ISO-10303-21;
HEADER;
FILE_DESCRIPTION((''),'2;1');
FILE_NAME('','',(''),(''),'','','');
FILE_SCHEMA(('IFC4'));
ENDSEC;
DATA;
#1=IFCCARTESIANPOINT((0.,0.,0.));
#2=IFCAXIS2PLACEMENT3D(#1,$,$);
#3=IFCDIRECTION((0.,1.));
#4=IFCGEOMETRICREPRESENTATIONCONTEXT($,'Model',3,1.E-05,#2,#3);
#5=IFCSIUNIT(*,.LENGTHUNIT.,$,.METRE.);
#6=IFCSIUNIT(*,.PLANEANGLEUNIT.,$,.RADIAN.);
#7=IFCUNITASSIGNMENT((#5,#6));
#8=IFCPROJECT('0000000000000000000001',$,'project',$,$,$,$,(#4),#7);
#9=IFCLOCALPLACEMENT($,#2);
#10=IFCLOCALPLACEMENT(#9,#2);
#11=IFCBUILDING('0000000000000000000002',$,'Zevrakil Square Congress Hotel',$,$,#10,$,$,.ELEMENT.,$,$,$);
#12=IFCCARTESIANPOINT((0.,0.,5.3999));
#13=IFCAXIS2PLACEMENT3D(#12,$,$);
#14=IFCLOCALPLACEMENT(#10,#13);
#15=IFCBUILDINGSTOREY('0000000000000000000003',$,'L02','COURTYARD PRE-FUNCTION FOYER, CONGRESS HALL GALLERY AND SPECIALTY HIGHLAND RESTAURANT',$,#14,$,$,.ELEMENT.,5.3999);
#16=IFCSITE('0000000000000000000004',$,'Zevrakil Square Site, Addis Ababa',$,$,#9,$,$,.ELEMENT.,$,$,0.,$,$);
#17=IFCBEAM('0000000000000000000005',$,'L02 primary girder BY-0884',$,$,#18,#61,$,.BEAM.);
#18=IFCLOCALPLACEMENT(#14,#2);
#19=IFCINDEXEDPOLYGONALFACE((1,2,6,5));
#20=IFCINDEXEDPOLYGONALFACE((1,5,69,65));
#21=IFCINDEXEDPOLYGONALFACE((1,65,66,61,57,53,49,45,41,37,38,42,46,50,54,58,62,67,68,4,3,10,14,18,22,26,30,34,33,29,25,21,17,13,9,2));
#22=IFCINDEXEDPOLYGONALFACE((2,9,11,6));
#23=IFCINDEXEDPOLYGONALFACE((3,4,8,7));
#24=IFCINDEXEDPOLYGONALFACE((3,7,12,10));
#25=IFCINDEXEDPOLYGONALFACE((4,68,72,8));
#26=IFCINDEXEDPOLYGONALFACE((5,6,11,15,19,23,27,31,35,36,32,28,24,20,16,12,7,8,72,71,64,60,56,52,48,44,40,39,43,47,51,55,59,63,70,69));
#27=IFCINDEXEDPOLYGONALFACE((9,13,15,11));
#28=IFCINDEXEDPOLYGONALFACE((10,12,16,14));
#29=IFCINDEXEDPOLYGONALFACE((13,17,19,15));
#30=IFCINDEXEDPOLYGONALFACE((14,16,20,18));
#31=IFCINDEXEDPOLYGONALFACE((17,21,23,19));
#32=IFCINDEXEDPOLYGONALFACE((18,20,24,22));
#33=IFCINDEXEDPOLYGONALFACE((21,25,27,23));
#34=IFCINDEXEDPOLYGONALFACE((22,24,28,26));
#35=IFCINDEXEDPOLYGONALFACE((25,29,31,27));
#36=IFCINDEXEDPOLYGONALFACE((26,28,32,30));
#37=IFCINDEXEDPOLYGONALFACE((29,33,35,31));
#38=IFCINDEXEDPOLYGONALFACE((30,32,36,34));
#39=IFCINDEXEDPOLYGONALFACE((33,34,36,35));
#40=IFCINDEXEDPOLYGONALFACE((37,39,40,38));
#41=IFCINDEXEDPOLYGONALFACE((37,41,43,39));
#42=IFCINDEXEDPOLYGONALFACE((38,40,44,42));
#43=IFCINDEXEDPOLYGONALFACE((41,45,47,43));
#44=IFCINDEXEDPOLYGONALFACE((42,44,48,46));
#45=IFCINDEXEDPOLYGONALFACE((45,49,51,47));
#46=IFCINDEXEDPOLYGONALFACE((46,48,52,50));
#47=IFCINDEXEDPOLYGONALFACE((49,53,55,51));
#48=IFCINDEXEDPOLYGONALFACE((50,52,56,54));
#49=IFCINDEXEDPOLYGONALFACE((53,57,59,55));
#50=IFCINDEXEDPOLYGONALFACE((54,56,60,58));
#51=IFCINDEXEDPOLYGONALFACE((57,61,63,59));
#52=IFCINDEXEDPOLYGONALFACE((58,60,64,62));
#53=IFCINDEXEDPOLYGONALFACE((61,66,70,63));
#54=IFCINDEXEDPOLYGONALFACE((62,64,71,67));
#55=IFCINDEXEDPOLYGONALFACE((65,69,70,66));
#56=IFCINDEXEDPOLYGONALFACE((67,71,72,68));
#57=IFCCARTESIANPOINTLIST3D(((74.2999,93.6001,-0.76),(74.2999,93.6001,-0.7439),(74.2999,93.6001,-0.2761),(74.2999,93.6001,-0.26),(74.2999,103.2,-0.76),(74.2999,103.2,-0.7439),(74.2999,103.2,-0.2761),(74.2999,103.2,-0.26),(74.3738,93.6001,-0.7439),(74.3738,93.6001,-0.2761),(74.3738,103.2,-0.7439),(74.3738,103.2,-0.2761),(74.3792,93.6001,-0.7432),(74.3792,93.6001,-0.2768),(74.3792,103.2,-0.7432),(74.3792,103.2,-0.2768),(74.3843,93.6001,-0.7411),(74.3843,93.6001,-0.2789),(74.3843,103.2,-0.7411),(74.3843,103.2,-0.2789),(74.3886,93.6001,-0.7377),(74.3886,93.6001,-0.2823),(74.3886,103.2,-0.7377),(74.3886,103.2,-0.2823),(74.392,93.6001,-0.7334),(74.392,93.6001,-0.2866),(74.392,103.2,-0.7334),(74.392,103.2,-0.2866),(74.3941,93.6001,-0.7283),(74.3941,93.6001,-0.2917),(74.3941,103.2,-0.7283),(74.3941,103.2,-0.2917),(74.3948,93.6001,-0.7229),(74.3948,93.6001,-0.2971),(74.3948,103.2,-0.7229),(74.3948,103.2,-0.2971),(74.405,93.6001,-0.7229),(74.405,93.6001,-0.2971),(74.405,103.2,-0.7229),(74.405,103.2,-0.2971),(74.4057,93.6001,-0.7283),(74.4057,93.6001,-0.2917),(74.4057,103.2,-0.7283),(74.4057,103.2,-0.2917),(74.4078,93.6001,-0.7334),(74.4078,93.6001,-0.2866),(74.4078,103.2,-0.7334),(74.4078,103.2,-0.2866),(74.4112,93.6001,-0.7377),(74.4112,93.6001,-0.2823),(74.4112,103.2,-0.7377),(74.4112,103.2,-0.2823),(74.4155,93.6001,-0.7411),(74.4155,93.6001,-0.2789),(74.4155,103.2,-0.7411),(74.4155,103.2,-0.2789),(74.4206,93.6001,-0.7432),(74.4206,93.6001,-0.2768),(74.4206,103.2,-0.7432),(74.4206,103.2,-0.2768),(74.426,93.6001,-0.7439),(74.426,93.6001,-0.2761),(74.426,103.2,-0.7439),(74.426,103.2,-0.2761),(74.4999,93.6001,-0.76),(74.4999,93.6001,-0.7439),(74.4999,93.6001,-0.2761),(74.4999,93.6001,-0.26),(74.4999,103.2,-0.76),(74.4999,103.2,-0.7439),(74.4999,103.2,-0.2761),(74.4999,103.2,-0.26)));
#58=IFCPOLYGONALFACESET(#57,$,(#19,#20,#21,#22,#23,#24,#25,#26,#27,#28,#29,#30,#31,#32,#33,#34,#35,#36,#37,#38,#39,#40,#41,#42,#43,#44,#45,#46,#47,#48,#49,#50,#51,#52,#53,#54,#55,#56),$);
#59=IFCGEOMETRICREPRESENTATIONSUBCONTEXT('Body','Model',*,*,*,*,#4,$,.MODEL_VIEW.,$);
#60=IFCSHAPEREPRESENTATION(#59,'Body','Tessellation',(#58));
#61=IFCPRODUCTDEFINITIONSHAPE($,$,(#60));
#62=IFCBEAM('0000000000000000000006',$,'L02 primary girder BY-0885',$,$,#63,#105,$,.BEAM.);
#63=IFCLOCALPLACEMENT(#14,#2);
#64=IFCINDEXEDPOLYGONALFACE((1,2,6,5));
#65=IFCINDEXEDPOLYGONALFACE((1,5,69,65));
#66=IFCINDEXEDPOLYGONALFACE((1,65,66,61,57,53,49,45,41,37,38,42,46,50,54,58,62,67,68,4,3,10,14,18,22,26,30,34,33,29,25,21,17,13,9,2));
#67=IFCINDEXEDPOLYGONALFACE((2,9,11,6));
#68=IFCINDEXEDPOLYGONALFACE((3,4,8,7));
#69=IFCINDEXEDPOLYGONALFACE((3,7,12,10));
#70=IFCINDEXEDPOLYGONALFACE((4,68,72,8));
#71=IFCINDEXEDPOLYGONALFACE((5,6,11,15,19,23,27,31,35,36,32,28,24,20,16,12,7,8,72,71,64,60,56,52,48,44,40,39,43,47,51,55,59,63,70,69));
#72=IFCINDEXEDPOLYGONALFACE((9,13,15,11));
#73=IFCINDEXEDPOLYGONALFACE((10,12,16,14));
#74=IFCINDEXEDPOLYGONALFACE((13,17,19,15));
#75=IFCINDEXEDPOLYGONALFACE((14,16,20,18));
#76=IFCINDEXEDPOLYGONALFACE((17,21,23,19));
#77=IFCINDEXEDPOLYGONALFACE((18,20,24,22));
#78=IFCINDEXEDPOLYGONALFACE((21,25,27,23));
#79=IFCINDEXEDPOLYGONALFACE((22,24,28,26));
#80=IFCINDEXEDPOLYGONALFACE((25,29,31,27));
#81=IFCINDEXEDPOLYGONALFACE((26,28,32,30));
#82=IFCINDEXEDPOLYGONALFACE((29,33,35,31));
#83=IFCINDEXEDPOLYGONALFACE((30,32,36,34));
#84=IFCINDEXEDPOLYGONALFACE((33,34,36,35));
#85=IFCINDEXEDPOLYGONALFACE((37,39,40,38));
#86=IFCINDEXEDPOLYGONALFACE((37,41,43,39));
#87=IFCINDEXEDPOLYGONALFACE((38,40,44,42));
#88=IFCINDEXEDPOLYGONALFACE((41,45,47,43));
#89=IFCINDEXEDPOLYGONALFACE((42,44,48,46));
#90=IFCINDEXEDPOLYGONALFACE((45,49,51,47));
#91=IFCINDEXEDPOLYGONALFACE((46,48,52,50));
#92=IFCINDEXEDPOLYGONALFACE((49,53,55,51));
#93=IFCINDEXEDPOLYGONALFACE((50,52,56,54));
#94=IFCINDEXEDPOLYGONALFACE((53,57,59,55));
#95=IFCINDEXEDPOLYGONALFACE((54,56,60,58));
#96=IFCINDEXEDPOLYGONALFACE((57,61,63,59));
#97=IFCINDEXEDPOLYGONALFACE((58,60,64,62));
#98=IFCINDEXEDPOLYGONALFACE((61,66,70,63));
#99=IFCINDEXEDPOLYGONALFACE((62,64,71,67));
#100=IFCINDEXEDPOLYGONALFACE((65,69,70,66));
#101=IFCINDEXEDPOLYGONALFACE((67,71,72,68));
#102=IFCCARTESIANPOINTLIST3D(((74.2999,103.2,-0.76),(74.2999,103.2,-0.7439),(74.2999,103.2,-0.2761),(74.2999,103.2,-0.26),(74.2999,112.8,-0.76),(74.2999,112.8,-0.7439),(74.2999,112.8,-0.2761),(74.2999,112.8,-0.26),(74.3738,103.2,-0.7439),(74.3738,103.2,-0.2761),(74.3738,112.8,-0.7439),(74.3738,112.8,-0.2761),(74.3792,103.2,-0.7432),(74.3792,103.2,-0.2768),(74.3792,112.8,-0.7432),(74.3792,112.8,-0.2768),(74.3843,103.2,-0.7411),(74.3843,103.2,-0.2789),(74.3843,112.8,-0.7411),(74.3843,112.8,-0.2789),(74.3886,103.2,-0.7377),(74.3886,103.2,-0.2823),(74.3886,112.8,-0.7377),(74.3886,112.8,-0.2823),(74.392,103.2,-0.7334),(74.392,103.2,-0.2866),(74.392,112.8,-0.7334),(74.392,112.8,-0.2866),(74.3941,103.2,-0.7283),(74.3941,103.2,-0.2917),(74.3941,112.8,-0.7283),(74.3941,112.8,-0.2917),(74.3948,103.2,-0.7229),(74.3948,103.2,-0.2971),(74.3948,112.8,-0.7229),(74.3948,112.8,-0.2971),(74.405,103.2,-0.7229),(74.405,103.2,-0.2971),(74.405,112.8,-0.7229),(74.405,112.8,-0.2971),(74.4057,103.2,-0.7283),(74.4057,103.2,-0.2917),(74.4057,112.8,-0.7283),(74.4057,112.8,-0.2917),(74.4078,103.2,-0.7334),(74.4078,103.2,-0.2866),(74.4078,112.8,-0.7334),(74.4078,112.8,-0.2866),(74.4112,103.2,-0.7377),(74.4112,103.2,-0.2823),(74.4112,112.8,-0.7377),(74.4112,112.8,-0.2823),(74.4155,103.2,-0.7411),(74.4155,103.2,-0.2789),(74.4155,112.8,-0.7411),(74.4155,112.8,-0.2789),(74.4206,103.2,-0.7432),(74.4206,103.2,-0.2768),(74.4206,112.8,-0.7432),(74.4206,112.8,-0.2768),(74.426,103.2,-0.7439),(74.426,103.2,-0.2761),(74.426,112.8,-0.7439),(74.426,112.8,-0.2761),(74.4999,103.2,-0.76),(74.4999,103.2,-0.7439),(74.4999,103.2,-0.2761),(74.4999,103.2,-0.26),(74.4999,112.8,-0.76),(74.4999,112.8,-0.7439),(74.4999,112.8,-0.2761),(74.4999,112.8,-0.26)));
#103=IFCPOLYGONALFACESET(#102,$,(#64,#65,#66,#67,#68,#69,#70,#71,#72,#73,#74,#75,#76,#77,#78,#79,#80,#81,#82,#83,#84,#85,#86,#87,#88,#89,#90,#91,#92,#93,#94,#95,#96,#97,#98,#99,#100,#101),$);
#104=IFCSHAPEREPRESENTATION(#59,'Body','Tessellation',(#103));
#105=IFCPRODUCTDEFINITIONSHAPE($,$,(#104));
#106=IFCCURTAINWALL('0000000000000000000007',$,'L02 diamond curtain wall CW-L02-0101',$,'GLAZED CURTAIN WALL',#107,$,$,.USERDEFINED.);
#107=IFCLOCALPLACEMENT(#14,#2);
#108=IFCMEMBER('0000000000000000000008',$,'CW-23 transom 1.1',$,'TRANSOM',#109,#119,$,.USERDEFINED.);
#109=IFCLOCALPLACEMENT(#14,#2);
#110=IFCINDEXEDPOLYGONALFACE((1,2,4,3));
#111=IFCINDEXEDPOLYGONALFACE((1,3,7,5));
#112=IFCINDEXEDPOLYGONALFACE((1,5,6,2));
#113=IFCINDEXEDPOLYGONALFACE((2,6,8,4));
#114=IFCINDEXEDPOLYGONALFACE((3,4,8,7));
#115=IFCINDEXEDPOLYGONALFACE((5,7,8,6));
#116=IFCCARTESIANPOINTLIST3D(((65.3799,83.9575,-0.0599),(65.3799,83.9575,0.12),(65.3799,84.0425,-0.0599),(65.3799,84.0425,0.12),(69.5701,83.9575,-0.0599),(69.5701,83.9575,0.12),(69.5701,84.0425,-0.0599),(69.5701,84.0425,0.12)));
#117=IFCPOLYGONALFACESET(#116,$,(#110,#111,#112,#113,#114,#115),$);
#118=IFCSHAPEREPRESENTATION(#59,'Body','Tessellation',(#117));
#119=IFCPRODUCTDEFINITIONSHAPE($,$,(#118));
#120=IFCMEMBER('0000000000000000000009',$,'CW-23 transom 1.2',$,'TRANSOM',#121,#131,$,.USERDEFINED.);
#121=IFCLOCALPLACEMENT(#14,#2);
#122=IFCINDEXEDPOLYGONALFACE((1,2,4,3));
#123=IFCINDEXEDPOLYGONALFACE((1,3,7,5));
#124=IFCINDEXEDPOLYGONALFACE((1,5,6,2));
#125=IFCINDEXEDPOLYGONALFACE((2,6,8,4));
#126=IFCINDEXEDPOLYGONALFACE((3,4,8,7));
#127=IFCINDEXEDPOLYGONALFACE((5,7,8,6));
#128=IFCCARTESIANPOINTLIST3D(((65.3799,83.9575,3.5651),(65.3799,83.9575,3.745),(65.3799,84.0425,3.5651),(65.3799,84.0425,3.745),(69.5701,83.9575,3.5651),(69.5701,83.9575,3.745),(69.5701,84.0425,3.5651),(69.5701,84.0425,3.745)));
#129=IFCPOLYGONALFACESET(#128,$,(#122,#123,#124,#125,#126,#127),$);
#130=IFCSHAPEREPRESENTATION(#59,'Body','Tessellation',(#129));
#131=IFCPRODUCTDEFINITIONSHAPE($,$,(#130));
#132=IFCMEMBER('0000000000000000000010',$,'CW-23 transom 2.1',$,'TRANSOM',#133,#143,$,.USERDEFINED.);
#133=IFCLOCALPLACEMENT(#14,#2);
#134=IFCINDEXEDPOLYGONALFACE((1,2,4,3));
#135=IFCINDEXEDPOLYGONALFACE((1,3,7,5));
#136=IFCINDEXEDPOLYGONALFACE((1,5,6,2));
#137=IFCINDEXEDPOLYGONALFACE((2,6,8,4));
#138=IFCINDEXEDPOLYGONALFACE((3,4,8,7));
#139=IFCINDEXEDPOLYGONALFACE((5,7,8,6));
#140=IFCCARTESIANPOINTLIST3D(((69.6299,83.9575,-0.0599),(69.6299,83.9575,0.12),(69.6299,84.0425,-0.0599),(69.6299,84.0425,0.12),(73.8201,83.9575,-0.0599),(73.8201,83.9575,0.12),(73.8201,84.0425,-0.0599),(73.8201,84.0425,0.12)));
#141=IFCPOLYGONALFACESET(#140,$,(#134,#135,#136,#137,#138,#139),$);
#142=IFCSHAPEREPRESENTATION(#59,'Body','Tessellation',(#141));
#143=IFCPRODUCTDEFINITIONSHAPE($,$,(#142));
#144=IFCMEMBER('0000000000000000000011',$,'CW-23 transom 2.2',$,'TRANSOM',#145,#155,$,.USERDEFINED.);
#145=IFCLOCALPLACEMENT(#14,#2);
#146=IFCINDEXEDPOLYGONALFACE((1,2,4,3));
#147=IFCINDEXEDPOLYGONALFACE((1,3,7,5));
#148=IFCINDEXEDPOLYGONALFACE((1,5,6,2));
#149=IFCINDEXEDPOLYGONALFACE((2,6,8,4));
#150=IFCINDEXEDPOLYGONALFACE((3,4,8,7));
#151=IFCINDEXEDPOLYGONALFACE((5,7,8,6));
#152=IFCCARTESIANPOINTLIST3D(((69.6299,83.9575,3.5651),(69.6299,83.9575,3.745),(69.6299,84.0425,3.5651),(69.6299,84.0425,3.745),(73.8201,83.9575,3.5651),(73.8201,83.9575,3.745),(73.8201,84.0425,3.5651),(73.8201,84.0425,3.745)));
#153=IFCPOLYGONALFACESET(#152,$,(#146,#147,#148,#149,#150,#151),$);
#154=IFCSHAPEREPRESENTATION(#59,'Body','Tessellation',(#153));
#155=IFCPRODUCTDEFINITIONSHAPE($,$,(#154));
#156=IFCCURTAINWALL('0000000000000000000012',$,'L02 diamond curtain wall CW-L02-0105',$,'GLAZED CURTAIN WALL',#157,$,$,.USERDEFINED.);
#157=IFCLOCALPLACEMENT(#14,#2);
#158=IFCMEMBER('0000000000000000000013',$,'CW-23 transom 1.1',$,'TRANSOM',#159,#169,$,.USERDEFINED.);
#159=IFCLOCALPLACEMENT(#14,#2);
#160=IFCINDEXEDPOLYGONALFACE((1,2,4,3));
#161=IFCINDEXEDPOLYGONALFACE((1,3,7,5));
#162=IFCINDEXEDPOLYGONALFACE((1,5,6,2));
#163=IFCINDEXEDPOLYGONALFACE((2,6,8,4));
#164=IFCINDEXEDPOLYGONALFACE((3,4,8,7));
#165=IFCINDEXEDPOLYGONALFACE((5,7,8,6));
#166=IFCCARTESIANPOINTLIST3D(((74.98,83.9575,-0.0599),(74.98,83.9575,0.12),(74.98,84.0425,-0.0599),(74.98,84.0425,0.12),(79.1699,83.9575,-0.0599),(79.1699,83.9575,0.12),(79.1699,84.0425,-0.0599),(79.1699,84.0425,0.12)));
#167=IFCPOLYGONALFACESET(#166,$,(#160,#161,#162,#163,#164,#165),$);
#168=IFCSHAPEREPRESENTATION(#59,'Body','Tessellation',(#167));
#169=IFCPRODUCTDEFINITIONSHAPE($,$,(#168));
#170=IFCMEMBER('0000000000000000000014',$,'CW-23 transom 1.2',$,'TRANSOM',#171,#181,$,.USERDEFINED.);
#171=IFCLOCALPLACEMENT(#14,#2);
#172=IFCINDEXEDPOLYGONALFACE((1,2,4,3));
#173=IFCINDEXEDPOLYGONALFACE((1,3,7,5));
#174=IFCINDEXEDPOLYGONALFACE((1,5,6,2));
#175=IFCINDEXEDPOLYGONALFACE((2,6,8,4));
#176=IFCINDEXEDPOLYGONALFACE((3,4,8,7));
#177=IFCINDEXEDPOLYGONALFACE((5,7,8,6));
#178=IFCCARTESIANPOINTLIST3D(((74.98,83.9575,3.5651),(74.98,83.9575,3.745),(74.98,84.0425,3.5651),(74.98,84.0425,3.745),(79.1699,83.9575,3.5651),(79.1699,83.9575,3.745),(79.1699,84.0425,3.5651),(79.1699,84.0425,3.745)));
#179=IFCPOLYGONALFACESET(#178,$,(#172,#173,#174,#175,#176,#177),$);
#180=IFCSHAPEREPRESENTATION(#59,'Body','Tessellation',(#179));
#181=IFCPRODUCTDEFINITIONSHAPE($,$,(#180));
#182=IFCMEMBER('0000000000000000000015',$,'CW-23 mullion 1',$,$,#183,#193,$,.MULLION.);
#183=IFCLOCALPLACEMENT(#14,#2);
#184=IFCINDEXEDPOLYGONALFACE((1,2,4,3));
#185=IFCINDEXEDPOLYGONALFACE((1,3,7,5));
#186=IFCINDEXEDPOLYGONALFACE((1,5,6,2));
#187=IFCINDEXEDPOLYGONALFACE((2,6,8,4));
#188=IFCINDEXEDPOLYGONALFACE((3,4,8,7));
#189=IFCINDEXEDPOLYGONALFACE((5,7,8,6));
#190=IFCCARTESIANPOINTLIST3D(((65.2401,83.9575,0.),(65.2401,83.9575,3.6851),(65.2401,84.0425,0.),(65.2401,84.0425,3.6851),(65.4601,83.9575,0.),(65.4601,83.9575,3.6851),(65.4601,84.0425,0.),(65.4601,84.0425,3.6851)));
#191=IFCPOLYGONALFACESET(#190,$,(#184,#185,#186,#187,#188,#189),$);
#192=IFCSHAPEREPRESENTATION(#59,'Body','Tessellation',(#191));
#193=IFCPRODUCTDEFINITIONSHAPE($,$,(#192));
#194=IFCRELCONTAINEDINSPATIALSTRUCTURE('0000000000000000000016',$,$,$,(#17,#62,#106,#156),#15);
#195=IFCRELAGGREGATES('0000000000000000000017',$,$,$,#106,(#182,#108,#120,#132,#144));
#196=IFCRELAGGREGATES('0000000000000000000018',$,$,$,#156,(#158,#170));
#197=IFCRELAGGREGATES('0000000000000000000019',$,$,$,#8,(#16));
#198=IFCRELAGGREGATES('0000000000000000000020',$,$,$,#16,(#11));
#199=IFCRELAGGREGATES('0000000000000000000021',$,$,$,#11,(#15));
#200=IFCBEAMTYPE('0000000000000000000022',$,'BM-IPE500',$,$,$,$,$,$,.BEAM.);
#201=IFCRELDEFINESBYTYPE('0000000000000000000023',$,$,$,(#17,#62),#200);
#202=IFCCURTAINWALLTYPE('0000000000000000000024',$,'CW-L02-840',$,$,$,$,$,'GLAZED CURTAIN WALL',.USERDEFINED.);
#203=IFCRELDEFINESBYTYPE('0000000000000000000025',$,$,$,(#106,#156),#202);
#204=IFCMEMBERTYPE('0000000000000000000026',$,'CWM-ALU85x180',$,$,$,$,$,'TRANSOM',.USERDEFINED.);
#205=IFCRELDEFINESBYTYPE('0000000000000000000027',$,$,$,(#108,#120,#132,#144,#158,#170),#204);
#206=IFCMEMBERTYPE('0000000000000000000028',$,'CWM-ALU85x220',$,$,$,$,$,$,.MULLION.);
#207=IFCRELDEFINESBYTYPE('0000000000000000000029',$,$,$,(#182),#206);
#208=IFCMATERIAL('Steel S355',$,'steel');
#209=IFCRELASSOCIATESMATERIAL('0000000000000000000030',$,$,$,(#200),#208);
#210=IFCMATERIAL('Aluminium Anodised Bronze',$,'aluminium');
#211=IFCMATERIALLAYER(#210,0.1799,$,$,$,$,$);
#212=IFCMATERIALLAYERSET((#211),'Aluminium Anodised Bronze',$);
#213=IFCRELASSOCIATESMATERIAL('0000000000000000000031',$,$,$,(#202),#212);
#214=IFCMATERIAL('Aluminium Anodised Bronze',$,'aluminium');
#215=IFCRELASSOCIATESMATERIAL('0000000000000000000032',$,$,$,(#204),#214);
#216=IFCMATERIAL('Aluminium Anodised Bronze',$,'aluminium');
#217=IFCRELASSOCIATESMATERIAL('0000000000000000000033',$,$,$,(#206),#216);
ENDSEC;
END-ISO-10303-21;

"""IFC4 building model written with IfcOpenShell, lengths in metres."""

from ifc_helpers import new_model, si_unit, direction, frame, origin, origin_2d, place, context, subcontext, project, spatial, rectangle, i_section, extrude, material, layer, layer_set, material_profile, profile_set, type_object, element, aggregate, save


model = new_model("IFC4")

# Units and contexts
model_context = context("Model", 3, precision=1e-05, world=origin(), true_north=direction((0.0, 1.0)))
body_context = subcontext(model_context, "Body", "Model", "MODEL_VIEW")
ifc_project = project(units=[si_unit("LENGTHUNIT", "METRE"), si_unit("PLANEANGLEUNIT", "RADIAN")], contexts=[model_context])

# Site, building, storey
site_placement = place(None, origin())
site = spatial("IfcSite", under=ifc_project, at=site_placement, Name="Zevrakil Square Site, Addis Ababa", CompositionType="ELEMENT", RefElevation=0.0)
building_placement = place(site_placement, origin())
building = spatial("IfcBuilding", under=site, at=building_placement, Name="Zevrakil Square Congress Hotel", CompositionType="ELEMENT")
storey_placement = place(building_placement, frame((0.0, 0.0, 5.3999)))
storey = spatial("IfcBuildingStorey", under=building, at=storey_placement, Name="L02", Description="COURTYARD PRE-FUNCTION FOYER, CONGRESS HALL GALLERY AND SPECIALTY HIGHLAND RESTAURANT", CompositionType="ELEMENT", Elevation=5.3999)

# Beams
ifc_material_1 = material(Name="Steel S355", Category="steel")
ifc_material_profile_1 = material_profile(ifc_material_1, i_section(OverallWidth=0.2, OverallDepth=0.5, WebThickness=0.0103, FlangeThickness=0.0161, FilletRadius=0.021, at=origin_2d()), Name="IPE 500")
ifc_profile_set_1 = profile_set([ifc_material_profile_1], Name="Steel S355")
beam_type_1 = type_object("IfcBeamType", Name="BM-IPE500", PredefinedType="BEAM", material=ifc_profile_set_1)
beam_1_placement = place(storey_placement, frame((74.3999, 93.6001, -0.51), z_axis=(0.0, 1.0, 0.0), x_axis=(-1.0, 0.0, 0.0)))
element("IfcBeam", 1, at=beam_1_placement, inside=storey, type_object=beam_type_1, Name="L02 primary girder BY-0884", PredefinedType="BEAM", context=body_context, shape_type="SweptSolid", body=[
    extrude(i_section(OverallWidth=0.2, OverallDepth=0.5, WebThickness=0.0103, FlangeThickness=0.0161, FilletRadius=0.021, at=origin_2d()), origin(), (0.0, 0.0, 1.0), 9.5999),
])
beam_2_placement = place(storey_placement, frame((74.3999, 103.2, -0.51), z_axis=(0.0, 1.0, 0.0), x_axis=(-1.0, 0.0, 0.0)))
element("IfcBeam", 2, at=beam_2_placement, inside=storey, type_object=beam_type_1, Name="L02 primary girder BY-0885", PredefinedType="BEAM", context=body_context, shape_type="SweptSolid", body=[
    extrude(i_section(OverallWidth=0.2, OverallDepth=0.5, WebThickness=0.0103, FlangeThickness=0.0161, FilletRadius=0.021, at=origin_2d()), origin(), (0.0, 0.0, 1.0), 9.6001),
])

# Curtain walls, members
ifc_material_2 = material(Name="Aluminium Anodised Bronze", Category="aluminium")
ifc_layer_1 = layer(ifc_material_2, 0.1799)
ifc_layer_set_1 = layer_set([ifc_layer_1], Name="Aluminium Anodised Bronze")
curtain_wall_type = type_object("IfcCurtainWallType", Name="CW-L02-840", ElementType="GLAZED CURTAIN WALL", PredefinedType="USERDEFINED", material=ifc_layer_set_1)
curtain_wall_1_placement = place(storey_placement, origin())
curtain_wall_1 = element("IfcCurtainWall", 3, at=curtain_wall_1_placement, inside=storey, type_object=curtain_wall_type, Name="L02 diamond curtain wall CW-L02-0101", ObjectType="GLAZED CURTAIN WALL", PredefinedType="USERDEFINED")
ifc_material_3 = material(Name="Aluminium Anodised Bronze", Category="aluminium")
ifc_material_profile_2 = material_profile(ifc_material_3, rectangle(XDim=0.085, YDim=0.1799, at=origin_2d()), Name="ALU 85x180")
ifc_profile_set_2 = profile_set([ifc_material_profile_2], Name="Aluminium Anodised Bronze")
member_type_1 = type_object("IfcMemberType", Name="CWM-ALU85x180", ElementType="TRANSOM", PredefinedType="USERDEFINED", material=ifc_profile_set_2)
member_1_placement = place(storey_placement, frame((65.3799, 84.0, 0.03), z_axis=(1.0, 0.0, 0.0), x_axis=(0.0, 1.0, 0.0)))
member_1 = element("IfcMember", 4, at=member_1_placement, type_object=member_type_1, Name="CW-23 transom 1.1", ObjectType="TRANSOM", PredefinedType="USERDEFINED", context=body_context, shape_type="SweptSolid", body=[
    extrude(rectangle(XDim=0.085, YDim=0.1799, at=origin_2d()), origin(), (0.0, 0.0, 1.0), 4.1902),
])
member_2_placement = place(storey_placement, frame((65.3799, 84.0, 3.655), z_axis=(1.0, 0.0, 0.0), x_axis=(0.0, 1.0, 0.0)))
member_2 = element("IfcMember", 5, at=member_2_placement, type_object=member_type_1, Name="CW-23 transom 1.2", ObjectType="TRANSOM", PredefinedType="USERDEFINED", context=body_context, shape_type="SweptSolid", body=[
    extrude(rectangle(XDim=0.085, YDim=0.1799, at=origin_2d()), origin(), (0.0, 0.0, 1.0), 4.1902),
])
member_3_placement = place(storey_placement, frame((69.6299, 84.0, 0.03), z_axis=(1.0, 0.0, 0.0), x_axis=(0.0, 1.0, 0.0)))
member_3 = element("IfcMember", 6, at=member_3_placement, type_object=member_type_1, Name="CW-23 transom 2.1", ObjectType="TRANSOM", PredefinedType="USERDEFINED", context=body_context, shape_type="SweptSolid", body=[
    extrude(rectangle(XDim=0.085, YDim=0.1799, at=origin_2d()), origin(), (0.0, 0.0, 1.0), 4.1902),
])
member_4_placement = place(storey_placement, frame((69.6299, 84.0, 3.655), z_axis=(1.0, 0.0, 0.0), x_axis=(0.0, 1.0, 0.0)))
member_4 = element("IfcMember", 7, at=member_4_placement, type_object=member_type_1, Name="CW-23 transom 2.2", ObjectType="TRANSOM", PredefinedType="USERDEFINED", context=body_context, shape_type="SweptSolid", body=[
    extrude(rectangle(XDim=0.085, YDim=0.1799, at=origin_2d()), origin(), (0.0, 0.0, 1.0), 4.1902),
])
curtain_wall_2_placement = place(storey_placement, origin())
curtain_wall_2 = element("IfcCurtainWall", 8, at=curtain_wall_2_placement, inside=storey, type_object=curtain_wall_type, Name="L02 diamond curtain wall CW-L02-0105", ObjectType="GLAZED CURTAIN WALL", PredefinedType="USERDEFINED")
member_5_placement = place(storey_placement, frame((74.98, 84.0, 0.03), z_axis=(1.0, 0.0, 0.0), x_axis=(0.0, 1.0, 0.0)))
member_5 = element("IfcMember", 9, at=member_5_placement, type_object=member_type_1, Name="CW-23 transom 1.1", ObjectType="TRANSOM", PredefinedType="USERDEFINED", context=body_context, shape_type="SweptSolid", body=[
    extrude(rectangle(XDim=0.085, YDim=0.1799, at=origin_2d()), origin(), (0.0, 0.0, 1.0), 4.1899),
])
member_6_placement = place(storey_placement, frame((74.98, 84.0, 3.655), z_axis=(1.0, 0.0, 0.0), x_axis=(0.0, 1.0, 0.0)))
member_6 = element("IfcMember", 10, at=member_6_placement, type_object=member_type_1, Name="CW-23 transom 1.2", ObjectType="TRANSOM", PredefinedType="USERDEFINED", context=body_context, shape_type="SweptSolid", body=[
    extrude(rectangle(XDim=0.085, YDim=0.1799, at=origin_2d()), origin(), (0.0, 0.0, 1.0), 4.1899),
])

# Member
ifc_material_4 = material(Name="Aluminium Anodised Bronze", Category="aluminium")
ifc_material_profile_3 = material_profile(ifc_material_4, rectangle(XDim=0.085, YDim=0.22, at=origin_2d()), Name="ALU 85x220")
ifc_profile_set_3 = profile_set([ifc_material_profile_3], Name="Aluminium Anodised Bronze")
member_type_2 = type_object("IfcMemberType", Name="CWM-ALU85x220", PredefinedType="MULLION", material=ifc_profile_set_3)
member_7_placement = place(storey_placement, frame((65.3501, 84.0, 0.0), z_axis=(0.0, 0.0, 1.0), x_axis=(0.0, 1.0, 0.0)))
member_7 = element("IfcMember", 11, at=member_7_placement, type_object=member_type_2, Name="CW-23 mullion 1", PredefinedType="MULLION", context=body_context, shape_type="SweptSolid", body=[
    extrude(rectangle(XDim=0.085, YDim=0.22, at=origin_2d()), origin(), (0.0, 0.0, 1.0), 3.6851),
])

aggregate(curtain_wall_1, [member_7, member_1, member_2, member_3, member_4])
aggregate(curtain_wall_2, [member_5, member_6])

save(model, "model.ifc")
